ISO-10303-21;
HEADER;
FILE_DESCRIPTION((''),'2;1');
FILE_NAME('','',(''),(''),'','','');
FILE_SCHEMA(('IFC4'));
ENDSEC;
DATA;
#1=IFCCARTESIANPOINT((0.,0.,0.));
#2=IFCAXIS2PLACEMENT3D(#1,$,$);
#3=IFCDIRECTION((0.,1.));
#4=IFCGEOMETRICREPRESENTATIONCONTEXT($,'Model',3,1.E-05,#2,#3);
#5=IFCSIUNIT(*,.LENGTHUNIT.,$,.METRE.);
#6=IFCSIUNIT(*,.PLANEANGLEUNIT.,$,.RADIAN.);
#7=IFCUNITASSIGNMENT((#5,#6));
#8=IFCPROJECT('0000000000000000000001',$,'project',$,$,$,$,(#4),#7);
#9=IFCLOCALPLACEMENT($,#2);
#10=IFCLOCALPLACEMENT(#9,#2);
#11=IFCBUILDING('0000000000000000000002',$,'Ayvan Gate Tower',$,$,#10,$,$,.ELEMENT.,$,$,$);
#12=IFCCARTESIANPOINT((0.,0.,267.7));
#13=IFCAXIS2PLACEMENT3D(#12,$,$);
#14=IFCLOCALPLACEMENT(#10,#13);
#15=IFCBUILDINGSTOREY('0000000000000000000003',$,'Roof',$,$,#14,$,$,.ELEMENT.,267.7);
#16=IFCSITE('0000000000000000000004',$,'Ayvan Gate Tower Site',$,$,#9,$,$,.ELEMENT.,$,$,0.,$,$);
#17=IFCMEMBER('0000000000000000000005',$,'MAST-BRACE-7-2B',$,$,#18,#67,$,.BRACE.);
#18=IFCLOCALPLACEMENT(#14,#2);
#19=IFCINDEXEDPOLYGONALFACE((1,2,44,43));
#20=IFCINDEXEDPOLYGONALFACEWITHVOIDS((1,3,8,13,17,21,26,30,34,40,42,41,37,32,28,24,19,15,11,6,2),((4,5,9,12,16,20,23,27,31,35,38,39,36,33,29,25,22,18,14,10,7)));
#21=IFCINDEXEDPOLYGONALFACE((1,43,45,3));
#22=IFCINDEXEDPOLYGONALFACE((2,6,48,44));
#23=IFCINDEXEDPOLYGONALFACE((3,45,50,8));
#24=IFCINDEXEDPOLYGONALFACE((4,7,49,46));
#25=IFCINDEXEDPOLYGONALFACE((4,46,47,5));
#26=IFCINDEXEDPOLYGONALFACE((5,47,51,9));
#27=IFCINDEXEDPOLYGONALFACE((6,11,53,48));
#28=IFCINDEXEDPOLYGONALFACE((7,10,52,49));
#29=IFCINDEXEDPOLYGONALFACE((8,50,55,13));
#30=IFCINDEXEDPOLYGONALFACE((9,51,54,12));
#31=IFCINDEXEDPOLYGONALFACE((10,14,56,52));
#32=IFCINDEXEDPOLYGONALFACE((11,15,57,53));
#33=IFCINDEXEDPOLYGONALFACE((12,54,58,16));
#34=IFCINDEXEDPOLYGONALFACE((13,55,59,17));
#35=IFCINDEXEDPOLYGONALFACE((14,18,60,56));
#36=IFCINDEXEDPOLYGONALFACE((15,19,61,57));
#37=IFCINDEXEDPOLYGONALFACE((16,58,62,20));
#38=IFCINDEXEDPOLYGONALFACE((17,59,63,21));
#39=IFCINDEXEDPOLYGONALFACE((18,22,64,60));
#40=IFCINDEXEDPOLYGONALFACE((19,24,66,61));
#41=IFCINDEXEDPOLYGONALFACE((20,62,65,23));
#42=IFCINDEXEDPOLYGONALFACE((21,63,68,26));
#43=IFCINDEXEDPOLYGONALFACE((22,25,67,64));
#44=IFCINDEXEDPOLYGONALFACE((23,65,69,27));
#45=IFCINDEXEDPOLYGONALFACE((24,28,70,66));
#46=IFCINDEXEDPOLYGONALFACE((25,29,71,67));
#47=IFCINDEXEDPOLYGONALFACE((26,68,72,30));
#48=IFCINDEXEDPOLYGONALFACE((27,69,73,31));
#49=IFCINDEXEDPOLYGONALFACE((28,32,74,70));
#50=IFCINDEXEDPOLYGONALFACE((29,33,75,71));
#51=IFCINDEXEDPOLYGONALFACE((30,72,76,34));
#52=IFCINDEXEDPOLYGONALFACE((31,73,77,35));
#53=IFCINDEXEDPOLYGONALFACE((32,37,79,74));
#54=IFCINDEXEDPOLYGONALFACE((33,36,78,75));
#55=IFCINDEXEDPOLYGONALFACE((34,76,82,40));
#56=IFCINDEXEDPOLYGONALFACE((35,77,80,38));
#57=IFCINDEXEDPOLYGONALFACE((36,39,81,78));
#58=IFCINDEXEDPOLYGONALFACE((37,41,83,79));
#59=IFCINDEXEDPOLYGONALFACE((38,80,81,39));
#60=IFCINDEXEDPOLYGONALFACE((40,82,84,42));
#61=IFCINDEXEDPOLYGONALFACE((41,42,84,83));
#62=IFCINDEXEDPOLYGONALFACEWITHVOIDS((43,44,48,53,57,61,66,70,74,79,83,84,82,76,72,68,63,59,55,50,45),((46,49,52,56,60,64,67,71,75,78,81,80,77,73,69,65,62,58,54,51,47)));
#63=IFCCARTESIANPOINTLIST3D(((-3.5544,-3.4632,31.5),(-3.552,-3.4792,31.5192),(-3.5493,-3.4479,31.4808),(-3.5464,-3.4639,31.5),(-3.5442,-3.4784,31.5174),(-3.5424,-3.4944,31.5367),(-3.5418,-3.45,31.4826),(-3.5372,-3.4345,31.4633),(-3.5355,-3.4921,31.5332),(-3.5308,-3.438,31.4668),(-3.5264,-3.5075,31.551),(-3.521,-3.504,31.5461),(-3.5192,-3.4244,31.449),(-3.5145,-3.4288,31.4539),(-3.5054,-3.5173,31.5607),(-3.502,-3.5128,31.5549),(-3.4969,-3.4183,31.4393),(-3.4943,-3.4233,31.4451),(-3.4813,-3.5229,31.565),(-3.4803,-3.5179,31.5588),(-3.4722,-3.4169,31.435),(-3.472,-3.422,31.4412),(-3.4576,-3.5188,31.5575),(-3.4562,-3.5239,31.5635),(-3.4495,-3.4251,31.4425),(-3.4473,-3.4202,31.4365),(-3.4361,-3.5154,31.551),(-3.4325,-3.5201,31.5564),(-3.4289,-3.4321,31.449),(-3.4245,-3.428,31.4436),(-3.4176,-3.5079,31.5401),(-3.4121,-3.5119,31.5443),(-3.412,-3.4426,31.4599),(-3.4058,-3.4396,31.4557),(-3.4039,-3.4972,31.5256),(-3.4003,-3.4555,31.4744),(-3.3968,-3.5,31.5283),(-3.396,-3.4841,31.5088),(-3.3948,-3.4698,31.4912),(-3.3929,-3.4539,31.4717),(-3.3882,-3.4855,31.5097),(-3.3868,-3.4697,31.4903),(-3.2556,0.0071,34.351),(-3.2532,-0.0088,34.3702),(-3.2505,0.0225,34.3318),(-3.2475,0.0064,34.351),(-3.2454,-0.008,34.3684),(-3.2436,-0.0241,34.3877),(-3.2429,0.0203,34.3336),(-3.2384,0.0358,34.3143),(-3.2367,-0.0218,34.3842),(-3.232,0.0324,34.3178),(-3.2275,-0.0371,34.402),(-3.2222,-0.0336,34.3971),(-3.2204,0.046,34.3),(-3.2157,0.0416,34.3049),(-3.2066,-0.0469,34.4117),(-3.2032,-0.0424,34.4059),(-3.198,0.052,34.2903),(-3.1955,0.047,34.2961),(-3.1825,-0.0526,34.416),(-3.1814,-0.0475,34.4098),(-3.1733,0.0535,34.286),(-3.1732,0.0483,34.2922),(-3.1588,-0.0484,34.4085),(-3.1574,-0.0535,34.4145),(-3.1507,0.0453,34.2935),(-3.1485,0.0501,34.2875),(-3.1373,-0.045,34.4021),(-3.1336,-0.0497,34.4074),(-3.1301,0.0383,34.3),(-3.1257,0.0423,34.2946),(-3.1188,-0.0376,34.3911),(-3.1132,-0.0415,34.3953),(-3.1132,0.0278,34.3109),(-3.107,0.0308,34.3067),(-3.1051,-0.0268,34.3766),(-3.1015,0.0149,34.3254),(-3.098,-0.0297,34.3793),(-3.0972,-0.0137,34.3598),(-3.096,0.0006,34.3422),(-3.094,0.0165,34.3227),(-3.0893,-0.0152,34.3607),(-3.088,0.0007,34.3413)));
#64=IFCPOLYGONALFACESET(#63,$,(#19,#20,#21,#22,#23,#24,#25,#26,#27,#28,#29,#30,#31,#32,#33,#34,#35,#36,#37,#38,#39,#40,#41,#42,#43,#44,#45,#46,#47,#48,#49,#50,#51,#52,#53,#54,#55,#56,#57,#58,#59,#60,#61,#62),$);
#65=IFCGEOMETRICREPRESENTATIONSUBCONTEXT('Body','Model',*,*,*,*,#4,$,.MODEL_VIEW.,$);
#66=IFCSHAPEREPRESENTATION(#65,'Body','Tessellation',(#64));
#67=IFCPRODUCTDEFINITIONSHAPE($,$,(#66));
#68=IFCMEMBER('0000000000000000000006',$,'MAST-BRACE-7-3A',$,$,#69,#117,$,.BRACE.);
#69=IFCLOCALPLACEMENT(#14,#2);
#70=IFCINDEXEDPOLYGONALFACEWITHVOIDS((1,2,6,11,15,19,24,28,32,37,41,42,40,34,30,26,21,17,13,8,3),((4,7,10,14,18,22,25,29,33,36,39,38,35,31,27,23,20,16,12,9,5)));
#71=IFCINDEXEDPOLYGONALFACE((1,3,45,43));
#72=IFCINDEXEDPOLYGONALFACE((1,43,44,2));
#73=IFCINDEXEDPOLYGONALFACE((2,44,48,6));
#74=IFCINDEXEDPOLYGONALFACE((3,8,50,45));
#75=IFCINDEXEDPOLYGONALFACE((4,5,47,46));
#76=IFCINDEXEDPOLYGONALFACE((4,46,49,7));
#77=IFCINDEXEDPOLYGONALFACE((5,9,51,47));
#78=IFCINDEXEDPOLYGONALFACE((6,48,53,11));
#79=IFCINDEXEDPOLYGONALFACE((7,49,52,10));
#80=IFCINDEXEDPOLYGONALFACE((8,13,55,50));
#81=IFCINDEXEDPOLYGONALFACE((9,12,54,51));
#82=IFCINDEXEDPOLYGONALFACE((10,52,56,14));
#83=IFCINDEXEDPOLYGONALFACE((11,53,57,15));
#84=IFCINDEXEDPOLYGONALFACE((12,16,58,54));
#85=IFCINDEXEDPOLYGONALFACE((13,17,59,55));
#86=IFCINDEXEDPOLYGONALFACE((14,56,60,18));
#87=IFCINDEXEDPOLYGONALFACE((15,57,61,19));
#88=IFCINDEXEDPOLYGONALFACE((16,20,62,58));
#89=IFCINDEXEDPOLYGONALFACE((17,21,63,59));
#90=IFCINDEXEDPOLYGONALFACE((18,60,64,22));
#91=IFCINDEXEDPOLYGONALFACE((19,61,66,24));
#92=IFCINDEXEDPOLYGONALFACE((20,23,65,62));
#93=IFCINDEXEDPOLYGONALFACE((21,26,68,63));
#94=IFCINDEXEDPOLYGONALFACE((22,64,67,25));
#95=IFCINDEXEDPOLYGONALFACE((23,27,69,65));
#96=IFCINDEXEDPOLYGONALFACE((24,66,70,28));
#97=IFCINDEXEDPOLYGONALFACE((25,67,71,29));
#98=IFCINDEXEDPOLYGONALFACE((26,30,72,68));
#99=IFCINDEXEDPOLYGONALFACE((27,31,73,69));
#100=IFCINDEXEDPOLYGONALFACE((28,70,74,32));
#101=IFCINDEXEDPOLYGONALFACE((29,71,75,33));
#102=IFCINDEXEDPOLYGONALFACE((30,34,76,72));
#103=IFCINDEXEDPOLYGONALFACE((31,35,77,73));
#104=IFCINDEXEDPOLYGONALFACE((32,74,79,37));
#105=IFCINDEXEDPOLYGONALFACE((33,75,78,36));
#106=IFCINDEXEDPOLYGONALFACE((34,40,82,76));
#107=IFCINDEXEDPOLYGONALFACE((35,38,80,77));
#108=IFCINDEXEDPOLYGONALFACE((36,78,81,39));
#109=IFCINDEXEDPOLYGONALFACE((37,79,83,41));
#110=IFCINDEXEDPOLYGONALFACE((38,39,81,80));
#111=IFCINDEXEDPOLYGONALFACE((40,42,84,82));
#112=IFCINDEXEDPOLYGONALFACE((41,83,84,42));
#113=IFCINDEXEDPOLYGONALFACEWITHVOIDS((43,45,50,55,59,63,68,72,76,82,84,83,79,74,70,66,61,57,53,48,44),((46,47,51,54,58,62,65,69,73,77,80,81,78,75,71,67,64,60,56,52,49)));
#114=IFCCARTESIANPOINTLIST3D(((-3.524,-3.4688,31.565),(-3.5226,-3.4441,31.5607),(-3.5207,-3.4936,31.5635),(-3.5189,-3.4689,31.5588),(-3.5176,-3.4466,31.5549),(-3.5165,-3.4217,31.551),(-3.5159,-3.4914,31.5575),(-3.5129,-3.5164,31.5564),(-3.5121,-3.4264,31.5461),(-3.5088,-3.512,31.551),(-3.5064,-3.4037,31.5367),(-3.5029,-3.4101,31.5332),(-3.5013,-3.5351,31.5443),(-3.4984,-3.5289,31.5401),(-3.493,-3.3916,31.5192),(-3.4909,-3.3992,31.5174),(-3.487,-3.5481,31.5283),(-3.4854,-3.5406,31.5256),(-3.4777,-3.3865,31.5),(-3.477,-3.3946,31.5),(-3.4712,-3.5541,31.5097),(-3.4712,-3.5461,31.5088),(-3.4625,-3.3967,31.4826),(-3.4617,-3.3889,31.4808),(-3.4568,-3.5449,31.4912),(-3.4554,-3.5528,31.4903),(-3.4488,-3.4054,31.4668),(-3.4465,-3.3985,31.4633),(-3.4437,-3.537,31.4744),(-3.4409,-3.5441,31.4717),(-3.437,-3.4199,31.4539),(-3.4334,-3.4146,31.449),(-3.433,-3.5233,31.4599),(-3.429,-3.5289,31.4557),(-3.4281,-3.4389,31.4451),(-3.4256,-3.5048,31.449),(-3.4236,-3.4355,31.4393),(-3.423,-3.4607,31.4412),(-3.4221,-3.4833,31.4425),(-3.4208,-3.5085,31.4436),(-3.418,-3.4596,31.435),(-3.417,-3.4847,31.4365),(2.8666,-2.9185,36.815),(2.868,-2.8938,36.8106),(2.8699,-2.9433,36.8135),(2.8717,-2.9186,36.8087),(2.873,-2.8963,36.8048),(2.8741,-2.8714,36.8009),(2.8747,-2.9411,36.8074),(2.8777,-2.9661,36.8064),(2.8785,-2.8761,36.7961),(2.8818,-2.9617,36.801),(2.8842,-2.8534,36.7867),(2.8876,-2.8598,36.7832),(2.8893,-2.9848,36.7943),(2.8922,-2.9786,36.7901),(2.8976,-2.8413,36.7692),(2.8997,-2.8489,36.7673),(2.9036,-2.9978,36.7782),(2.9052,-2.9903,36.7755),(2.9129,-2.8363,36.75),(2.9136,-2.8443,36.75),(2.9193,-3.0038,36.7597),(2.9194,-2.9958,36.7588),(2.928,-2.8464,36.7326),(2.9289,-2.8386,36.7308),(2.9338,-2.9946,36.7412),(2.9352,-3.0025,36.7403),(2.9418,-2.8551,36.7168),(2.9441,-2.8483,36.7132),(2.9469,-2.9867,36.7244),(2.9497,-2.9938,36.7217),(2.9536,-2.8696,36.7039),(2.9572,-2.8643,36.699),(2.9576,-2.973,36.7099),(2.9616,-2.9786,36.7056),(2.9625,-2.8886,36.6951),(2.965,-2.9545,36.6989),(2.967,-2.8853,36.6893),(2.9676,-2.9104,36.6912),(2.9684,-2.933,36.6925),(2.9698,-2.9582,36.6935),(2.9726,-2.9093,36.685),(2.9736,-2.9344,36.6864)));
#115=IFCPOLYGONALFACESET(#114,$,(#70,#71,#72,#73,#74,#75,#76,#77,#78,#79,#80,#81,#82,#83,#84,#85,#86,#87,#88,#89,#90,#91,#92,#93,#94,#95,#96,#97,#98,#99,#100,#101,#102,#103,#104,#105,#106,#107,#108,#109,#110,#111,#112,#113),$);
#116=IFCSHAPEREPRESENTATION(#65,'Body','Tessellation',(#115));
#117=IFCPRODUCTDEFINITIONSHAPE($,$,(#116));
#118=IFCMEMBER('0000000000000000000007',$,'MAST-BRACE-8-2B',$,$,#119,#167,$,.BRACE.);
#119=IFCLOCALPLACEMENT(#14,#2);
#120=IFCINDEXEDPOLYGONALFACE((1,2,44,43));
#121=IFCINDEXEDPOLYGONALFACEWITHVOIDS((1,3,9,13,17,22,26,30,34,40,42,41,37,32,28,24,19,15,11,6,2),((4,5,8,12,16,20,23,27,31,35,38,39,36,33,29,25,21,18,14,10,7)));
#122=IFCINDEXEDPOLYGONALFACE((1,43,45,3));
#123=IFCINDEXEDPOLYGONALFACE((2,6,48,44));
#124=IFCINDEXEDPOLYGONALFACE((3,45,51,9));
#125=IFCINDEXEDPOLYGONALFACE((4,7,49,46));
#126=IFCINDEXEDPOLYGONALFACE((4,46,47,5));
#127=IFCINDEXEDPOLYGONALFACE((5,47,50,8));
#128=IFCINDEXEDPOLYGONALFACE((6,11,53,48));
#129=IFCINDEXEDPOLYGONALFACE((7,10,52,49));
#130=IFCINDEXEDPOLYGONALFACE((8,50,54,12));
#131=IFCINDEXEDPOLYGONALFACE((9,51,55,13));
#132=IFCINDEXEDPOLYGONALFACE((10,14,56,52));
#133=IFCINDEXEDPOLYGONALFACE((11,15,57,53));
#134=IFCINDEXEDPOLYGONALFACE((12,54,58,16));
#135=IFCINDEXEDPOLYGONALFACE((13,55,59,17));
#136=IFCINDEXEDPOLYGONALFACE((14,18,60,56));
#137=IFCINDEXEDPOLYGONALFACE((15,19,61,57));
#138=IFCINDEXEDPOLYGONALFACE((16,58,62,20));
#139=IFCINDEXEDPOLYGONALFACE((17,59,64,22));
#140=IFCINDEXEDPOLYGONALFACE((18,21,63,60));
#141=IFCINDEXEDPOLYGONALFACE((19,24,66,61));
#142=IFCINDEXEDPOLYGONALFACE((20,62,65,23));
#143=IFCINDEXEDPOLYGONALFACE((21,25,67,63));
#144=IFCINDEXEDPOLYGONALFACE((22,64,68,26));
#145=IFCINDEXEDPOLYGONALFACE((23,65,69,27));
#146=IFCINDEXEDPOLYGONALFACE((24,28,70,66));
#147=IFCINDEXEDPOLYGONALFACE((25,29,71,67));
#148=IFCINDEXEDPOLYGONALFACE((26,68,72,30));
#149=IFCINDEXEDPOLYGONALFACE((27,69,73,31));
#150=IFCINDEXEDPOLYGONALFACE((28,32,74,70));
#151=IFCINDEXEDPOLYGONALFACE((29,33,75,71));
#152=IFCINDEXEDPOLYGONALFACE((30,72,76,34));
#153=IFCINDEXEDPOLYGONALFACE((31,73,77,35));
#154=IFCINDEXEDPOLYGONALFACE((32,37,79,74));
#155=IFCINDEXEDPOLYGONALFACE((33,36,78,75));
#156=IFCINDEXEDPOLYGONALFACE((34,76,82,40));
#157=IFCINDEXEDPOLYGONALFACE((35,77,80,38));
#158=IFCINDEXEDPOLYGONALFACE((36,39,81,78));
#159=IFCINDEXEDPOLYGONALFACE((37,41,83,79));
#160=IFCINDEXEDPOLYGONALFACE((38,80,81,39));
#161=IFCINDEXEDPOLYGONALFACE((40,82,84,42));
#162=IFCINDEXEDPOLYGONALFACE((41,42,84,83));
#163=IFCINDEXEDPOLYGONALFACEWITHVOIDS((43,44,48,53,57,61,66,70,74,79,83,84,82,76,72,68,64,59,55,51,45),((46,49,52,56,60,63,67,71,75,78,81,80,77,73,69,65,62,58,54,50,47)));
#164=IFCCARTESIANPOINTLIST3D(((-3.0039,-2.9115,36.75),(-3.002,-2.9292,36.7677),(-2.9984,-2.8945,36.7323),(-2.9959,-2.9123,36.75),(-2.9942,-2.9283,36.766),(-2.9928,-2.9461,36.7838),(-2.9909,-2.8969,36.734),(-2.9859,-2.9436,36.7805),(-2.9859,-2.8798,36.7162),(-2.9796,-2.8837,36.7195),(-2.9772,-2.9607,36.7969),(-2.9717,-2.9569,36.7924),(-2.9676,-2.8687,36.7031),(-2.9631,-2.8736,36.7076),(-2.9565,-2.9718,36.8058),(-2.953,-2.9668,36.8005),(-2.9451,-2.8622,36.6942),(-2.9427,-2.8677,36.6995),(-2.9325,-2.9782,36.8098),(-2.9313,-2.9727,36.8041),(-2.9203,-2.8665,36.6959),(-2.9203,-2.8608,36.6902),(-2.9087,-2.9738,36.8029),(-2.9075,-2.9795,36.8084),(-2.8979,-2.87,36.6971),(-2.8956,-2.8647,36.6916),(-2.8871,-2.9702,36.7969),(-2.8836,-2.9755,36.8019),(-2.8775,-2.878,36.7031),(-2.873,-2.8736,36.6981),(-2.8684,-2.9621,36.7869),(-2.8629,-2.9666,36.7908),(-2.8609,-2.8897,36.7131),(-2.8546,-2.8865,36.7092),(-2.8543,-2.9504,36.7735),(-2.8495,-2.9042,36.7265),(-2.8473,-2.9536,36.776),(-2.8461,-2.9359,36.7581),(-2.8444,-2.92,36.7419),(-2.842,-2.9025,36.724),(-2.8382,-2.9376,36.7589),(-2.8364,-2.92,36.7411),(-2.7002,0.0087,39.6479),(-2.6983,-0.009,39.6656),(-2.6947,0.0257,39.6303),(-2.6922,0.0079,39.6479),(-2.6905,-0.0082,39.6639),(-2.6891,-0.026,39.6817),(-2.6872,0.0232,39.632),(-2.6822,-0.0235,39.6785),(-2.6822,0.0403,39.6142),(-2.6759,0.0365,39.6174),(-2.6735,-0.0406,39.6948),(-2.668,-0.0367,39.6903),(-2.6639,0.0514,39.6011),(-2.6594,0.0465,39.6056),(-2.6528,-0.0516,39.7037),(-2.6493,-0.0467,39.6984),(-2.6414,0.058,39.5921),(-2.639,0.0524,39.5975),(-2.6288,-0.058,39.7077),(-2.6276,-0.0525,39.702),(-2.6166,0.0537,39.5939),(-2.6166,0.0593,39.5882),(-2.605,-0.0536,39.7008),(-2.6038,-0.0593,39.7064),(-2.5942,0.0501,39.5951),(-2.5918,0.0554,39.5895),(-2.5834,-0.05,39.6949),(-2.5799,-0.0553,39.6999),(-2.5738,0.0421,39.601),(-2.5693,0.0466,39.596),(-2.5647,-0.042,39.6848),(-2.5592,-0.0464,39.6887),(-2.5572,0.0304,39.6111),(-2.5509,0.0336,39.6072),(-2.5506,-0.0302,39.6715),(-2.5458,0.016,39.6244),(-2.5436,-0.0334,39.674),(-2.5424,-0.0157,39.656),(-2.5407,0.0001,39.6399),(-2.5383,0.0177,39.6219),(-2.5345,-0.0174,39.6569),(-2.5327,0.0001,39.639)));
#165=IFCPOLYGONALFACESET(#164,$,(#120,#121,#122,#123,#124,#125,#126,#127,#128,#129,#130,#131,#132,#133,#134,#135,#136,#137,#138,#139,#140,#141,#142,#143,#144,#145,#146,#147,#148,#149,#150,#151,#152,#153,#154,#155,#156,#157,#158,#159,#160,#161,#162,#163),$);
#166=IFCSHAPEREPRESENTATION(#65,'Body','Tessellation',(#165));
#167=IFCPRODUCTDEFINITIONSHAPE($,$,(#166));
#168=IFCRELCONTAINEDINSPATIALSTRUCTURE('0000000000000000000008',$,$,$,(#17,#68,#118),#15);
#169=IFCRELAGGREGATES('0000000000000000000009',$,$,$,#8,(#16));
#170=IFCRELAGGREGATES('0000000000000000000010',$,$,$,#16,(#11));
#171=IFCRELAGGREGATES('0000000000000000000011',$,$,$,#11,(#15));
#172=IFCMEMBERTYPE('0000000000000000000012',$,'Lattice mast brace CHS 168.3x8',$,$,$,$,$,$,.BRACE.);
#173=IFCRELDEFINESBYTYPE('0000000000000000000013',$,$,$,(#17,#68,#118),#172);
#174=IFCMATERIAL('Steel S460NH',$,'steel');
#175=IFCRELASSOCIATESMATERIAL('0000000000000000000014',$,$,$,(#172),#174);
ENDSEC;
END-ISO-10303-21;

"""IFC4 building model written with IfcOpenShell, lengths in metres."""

from ifc_helpers import new_model, si_unit, direction, frame, origin, origin_2d, place, context, subcontext, project, spatial, hollow_circle, extrude, material, material_profile, profile_set, type_object, element, save


model = new_model("IFC4")

# Units and contexts
model_context = context("Model", 3, precision=1e-05, world=origin(), true_north=direction((0.0, 1.0)))
body_context = subcontext(model_context, "Body", "Model", "MODEL_VIEW")
ifc_project = project(units=[si_unit("LENGTHUNIT", "METRE"), si_unit("PLANEANGLEUNIT", "RADIAN")], contexts=[model_context])

# Site, building, storey
site_placement = place(None, origin())
site = spatial("IfcSite", under=ifc_project, at=site_placement, Name="Ayvan Gate Tower Site", CompositionType="ELEMENT", RefElevation=0.0)
building_placement = place(site_placement, origin())
building = spatial("IfcBuilding", under=site, at=building_placement, Name="Ayvan Gate Tower", CompositionType="ELEMENT")
storey_placement = place(building_placement, frame((0.0, 0.0, 267.7)))
storey = spatial("IfcBuildingStorey", under=building, at=storey_placement, Name="Roof", CompositionType="ELEMENT", Elevation=267.7)

# Members
ifc_material_1 = material(Name="Steel S460NH", Category="steel")
ifc_material_profile_1 = material_profile(ifc_material_1, hollow_circle(Radius=0.0842, WallThickness=0.0081, at=origin_2d()), Name="CHS 168.3x8")
ifc_profile_set_1 = profile_set([ifc_material_profile_1], Name="Steel S460NH")
member_type_1 = type_object("IfcMemberType", Name="Lattice mast brace CHS 168.3x8", PredefinedType="BRACE", material=ifc_profile_set_1)
member_1_placement = place(storey_placement, frame((-3.4705, -3.4705, 31.5), z_axis=(0.066387, 0.770985, 0.633384), x_axis=(-0.996313, 0.085789, 0.0)))
element("IfcMember", 1, at=member_1_placement, inside=storey, type_object=member_type_1, Name="MAST-BRACE-7-2B", PredefinedType="BRACE", context=body_context, shape_type="SweptSolid", body=[
    extrude(hollow_circle(Radius=0.0842, WallThickness=0.0081, at=origin_2d()), origin(), (0.0, 0.0, 1.0), 4.5012),
])
member_2_placement = place(storey_placement, frame((-3.4705, -3.4705, 31.5), z_axis=(0.770988, 0.066389, 0.633379), x_axis=(-0.085792, 0.996313, 0.0)))
element("IfcMember", 2, at=member_2_placement, inside=storey, type_object=member_type_1, Name="MAST-BRACE-7-3A", PredefinedType="BRACE", context=body_context, shape_type="SweptSolid", body=[
    extrude(hollow_circle(Radius=0.0842, WallThickness=0.0081, at=origin_2d()), origin(), (0.0, 0.0, 1.0), 8.2888),
])
member_3_placement = place(storey_placement, frame((-2.9202, -2.9202, 36.75), z_axis=(0.073622, 0.707875, 0.70249), x_axis=(-0.994635, 0.103447, 0.0)))
element("IfcMember", 3, at=member_3_placement, inside=storey, type_object=member_type_1, Name="MAST-BRACE-8-2B", PredefinedType="BRACE", context=body_context, shape_type="SweptSolid", body=[
    extrude(hollow_circle(Radius=0.0842, WallThickness=0.0081, at=origin_2d()), origin(), (0.0, 0.0, 1.0), 4.1252),
])

save(model, "model.ifc")
